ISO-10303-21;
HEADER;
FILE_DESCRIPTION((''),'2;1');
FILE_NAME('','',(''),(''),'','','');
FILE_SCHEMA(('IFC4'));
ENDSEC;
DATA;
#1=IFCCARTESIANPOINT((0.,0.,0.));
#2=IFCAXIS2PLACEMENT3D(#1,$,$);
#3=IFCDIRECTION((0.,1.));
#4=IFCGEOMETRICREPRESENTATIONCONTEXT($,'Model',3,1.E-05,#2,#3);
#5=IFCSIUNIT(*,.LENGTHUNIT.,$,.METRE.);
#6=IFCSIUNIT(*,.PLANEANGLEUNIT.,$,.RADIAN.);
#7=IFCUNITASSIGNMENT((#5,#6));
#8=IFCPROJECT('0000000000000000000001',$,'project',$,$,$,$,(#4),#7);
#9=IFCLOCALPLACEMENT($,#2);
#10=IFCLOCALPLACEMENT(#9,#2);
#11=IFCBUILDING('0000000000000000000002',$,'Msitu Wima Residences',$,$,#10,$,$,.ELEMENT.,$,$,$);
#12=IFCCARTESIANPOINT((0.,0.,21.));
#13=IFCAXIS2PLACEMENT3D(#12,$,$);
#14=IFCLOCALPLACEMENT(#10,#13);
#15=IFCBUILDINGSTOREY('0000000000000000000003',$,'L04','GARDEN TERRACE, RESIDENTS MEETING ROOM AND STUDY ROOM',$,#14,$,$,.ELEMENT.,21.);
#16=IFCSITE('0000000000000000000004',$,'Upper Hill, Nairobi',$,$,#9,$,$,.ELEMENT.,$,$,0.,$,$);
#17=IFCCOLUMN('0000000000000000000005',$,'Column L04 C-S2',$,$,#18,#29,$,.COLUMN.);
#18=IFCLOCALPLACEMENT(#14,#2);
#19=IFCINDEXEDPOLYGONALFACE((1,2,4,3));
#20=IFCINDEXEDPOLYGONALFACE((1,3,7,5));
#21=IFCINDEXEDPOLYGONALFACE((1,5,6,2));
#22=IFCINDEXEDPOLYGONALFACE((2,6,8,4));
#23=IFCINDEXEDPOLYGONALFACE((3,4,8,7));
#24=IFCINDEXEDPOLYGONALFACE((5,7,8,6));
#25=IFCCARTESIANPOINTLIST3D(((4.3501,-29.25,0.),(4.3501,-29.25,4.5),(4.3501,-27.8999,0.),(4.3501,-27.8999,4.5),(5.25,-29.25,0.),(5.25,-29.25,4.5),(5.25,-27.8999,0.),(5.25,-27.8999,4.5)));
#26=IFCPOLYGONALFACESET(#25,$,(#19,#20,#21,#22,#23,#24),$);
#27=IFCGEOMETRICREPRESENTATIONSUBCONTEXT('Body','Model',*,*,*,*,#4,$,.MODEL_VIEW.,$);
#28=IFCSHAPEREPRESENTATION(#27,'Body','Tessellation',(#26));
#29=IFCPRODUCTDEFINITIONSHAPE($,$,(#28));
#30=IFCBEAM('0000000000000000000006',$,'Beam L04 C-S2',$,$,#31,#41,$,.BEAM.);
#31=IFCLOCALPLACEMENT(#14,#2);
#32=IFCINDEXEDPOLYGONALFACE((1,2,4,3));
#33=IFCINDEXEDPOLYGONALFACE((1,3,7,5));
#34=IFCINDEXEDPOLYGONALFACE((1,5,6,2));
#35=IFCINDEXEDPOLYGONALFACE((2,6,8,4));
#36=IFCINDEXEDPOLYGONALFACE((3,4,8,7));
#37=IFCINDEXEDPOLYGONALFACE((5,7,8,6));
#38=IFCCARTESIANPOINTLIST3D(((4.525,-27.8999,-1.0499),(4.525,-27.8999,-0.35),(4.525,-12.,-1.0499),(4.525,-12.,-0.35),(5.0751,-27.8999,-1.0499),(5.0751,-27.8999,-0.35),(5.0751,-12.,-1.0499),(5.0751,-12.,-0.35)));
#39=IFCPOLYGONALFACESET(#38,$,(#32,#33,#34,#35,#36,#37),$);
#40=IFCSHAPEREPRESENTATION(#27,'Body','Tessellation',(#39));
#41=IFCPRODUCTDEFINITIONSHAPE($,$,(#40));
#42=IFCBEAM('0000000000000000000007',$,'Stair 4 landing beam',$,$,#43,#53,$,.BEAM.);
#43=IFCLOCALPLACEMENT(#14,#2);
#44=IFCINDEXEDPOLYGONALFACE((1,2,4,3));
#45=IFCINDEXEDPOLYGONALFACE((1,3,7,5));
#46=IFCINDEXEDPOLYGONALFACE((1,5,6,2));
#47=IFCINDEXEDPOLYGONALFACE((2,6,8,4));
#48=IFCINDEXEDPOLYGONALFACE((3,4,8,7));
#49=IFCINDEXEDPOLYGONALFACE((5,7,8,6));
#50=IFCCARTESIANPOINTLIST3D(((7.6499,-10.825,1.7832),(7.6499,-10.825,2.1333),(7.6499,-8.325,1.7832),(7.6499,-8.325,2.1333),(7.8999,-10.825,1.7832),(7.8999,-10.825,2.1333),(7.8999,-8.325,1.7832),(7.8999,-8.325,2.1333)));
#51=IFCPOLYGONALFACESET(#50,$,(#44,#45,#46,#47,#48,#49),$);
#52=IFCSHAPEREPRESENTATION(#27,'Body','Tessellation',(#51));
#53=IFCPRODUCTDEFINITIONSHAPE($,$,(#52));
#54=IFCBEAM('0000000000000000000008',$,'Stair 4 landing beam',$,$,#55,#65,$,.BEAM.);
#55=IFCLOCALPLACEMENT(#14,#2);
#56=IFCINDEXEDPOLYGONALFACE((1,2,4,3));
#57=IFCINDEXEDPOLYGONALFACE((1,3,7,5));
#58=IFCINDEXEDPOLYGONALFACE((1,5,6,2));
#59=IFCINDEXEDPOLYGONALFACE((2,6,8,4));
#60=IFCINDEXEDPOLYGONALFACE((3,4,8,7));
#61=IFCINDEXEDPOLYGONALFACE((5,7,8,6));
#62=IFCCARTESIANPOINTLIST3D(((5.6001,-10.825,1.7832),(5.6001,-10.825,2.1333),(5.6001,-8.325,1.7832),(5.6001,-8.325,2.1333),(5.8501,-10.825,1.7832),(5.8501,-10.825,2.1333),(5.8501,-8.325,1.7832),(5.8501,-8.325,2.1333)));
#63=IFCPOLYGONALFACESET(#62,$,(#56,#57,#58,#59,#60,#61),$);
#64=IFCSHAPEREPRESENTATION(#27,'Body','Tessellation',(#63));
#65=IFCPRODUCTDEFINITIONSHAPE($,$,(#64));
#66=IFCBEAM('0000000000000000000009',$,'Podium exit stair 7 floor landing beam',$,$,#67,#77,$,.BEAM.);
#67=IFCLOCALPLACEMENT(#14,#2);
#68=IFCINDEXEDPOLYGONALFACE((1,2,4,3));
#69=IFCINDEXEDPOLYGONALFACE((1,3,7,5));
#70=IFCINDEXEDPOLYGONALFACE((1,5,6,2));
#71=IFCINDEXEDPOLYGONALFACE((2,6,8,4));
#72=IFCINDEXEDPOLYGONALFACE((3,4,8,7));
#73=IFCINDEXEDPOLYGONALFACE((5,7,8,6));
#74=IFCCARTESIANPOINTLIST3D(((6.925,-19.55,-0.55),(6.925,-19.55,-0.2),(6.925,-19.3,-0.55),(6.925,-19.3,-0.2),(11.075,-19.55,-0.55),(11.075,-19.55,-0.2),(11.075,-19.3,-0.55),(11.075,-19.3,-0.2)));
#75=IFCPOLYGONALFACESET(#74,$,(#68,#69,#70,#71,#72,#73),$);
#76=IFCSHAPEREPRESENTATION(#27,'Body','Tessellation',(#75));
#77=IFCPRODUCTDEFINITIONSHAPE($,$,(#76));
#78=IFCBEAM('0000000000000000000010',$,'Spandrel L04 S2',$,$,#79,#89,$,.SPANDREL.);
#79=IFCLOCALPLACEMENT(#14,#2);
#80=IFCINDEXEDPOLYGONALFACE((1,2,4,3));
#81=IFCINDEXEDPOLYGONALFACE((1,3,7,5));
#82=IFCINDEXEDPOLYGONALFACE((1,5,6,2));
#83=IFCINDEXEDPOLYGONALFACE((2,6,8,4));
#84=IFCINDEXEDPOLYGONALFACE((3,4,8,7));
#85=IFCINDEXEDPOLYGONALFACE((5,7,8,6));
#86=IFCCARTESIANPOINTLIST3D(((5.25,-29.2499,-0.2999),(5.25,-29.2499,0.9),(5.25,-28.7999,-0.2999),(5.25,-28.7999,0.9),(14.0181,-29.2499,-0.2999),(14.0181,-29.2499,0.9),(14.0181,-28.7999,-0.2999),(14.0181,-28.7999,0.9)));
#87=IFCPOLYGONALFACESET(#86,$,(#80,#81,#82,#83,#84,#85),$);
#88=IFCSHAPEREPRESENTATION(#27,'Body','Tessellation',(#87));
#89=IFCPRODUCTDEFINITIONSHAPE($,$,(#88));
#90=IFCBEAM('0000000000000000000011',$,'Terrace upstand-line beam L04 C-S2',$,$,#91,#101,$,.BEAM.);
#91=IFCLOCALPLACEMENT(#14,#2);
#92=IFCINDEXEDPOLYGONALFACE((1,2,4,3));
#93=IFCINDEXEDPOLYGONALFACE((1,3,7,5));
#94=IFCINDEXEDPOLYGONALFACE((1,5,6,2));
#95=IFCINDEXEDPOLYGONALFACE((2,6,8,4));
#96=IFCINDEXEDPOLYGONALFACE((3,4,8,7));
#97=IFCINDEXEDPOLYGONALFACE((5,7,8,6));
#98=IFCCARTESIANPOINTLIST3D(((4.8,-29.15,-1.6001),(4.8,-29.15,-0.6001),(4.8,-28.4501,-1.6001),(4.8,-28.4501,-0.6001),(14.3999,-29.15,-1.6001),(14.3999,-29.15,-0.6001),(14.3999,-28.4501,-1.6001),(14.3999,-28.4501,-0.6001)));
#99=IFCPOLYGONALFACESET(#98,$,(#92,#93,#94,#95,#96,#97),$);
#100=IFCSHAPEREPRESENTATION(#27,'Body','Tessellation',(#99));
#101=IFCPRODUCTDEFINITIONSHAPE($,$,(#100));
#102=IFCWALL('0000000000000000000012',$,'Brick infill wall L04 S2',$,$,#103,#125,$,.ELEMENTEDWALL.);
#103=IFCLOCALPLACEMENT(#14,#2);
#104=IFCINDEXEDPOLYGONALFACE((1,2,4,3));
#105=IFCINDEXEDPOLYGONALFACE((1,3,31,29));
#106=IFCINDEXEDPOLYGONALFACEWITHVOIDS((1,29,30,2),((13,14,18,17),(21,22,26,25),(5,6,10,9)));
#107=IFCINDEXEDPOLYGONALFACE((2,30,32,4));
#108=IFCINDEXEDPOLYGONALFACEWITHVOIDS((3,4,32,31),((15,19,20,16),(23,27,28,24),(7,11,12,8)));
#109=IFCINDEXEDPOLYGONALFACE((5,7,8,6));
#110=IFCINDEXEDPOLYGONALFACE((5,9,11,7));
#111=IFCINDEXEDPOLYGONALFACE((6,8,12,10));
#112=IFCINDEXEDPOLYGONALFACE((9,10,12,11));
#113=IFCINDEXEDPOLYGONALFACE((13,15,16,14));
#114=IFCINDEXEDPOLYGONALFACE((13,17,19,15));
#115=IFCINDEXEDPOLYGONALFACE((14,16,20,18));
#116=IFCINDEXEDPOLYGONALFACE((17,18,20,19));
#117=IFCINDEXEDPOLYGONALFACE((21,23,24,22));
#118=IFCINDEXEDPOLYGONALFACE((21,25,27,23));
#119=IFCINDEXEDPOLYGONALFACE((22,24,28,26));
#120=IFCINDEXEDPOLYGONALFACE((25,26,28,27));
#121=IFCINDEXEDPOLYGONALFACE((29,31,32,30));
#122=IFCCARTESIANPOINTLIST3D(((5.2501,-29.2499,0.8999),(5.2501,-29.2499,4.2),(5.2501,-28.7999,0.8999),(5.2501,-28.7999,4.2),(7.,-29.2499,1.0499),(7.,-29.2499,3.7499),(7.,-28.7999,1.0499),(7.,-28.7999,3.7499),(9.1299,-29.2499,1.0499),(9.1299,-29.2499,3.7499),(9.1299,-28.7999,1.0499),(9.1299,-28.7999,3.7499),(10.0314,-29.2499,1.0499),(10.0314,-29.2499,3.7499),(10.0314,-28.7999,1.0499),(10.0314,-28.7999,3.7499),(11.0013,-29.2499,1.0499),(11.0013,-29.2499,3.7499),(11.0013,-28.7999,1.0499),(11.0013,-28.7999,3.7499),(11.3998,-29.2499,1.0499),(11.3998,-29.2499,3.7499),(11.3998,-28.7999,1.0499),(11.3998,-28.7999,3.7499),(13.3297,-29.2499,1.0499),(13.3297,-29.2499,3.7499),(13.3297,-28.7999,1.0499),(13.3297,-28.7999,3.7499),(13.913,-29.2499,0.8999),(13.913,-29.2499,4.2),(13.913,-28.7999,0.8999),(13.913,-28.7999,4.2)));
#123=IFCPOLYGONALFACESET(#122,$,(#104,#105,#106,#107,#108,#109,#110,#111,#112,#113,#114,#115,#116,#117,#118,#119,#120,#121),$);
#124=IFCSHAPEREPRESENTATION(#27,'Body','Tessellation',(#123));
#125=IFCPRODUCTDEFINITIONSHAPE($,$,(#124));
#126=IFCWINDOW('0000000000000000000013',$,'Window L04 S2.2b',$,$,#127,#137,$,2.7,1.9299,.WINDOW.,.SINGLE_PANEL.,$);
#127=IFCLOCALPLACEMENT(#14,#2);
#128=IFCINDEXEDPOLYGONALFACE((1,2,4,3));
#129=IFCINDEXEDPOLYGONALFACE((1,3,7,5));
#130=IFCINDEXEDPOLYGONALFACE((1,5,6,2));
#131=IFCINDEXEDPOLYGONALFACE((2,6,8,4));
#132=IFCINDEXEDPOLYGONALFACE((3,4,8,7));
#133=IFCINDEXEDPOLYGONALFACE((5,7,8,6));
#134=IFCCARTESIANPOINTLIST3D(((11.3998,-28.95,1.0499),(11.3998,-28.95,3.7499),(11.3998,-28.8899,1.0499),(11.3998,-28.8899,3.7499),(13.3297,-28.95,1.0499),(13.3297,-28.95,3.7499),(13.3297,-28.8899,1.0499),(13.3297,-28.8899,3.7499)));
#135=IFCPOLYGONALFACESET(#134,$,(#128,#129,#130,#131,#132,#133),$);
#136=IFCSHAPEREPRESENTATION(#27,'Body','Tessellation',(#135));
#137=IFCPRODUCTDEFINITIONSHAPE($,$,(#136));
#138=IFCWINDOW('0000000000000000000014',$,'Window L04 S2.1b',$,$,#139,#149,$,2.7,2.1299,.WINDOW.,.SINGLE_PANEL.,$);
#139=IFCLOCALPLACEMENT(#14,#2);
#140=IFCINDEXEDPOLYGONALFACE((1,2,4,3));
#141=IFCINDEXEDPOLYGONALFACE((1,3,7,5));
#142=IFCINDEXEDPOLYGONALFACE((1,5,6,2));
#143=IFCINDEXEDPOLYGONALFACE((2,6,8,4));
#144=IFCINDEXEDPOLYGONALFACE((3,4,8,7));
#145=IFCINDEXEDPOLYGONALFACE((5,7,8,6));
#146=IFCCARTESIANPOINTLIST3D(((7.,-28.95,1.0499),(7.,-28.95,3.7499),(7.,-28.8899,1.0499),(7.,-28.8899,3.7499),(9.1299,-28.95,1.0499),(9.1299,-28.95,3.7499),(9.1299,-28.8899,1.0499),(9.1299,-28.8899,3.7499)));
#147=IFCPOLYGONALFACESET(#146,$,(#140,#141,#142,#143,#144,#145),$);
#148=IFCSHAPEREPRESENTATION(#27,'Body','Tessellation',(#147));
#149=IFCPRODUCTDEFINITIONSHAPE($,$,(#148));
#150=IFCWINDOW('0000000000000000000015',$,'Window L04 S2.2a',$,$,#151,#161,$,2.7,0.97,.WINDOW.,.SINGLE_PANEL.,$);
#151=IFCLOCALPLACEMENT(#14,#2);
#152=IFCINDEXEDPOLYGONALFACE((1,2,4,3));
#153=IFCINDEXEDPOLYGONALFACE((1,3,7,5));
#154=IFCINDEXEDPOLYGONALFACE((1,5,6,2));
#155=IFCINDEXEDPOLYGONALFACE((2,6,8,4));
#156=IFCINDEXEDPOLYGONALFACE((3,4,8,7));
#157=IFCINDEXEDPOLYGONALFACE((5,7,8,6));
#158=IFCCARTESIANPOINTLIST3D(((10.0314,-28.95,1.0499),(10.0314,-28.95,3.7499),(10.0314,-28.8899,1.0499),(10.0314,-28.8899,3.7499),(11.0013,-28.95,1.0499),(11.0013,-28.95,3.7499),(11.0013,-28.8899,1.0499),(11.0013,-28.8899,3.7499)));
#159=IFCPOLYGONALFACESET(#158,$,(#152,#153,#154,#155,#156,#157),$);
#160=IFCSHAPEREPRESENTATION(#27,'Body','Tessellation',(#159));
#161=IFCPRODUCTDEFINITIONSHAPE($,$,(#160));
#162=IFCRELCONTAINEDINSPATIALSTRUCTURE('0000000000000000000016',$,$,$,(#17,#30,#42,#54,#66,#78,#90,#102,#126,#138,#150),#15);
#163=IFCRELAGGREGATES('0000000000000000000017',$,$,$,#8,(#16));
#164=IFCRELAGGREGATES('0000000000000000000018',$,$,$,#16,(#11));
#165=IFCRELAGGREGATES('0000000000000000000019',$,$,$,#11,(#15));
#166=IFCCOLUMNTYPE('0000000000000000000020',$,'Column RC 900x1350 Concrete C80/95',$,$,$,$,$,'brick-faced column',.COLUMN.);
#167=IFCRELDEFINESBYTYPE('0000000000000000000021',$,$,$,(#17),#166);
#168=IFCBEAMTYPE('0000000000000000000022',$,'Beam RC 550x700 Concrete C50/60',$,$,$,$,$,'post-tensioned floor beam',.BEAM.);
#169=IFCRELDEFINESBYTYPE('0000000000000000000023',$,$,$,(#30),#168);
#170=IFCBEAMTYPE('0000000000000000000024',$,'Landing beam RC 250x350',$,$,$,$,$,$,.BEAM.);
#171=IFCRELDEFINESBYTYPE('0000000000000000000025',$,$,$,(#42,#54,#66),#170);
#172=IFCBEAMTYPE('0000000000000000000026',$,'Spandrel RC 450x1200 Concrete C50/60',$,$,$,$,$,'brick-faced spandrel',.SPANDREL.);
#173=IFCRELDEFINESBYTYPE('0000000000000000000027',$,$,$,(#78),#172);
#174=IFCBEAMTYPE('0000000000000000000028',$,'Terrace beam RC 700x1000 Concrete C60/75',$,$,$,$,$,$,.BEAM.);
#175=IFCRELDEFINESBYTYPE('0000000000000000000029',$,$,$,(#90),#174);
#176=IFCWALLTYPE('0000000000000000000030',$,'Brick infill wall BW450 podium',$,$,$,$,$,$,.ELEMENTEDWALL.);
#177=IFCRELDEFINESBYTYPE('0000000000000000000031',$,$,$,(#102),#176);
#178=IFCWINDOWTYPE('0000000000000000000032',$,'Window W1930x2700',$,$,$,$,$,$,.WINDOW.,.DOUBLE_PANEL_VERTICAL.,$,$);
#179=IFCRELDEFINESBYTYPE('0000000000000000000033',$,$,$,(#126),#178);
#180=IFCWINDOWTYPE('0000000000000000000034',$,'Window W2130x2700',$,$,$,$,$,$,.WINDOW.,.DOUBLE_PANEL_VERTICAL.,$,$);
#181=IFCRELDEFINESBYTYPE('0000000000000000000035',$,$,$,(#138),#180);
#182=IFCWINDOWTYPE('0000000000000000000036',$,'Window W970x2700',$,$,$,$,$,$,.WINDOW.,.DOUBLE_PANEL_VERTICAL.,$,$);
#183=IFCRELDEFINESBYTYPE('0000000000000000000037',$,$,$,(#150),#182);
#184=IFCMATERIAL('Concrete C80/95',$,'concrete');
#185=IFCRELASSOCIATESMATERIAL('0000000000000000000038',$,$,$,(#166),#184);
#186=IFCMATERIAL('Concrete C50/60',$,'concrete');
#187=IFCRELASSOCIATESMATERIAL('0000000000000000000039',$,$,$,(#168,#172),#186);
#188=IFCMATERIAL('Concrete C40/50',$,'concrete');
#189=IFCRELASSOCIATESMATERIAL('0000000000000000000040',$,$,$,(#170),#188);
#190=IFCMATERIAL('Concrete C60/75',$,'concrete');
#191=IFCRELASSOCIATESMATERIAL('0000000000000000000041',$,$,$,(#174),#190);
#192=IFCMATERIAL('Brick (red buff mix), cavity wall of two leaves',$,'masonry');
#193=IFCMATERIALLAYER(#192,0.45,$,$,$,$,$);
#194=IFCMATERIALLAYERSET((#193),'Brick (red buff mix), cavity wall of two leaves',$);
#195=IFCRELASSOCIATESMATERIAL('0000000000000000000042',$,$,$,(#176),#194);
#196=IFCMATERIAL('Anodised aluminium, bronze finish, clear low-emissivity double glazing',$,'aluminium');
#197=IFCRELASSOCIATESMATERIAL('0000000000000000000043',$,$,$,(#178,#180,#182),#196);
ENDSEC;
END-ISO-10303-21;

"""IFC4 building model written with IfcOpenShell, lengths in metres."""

from ifc_helpers import new_model, si_unit, direction, frame, frame_2d, origin, origin_2d, place, context, subcontext, project, spatial, rectangle, extrude, material, layer, layer_set, material_profile, profile_set, type_object, element, fill, save


model = new_model("IFC4")

# Units and contexts
model_context = context("Model", 3, precision=1e-05, world=origin(), true_north=direction((0.0, 1.0)))
body_context = subcontext(model_context, "Body", "Model", "MODEL_VIEW")
ifc_project = project(units=[si_unit("LENGTHUNIT", "METRE"), si_unit("PLANEANGLEUNIT", "RADIAN")], contexts=[model_context])

# Site, building, storey
site_placement = place(None, origin())
site = spatial("IfcSite", under=ifc_project, at=site_placement, Name="Upper Hill, Nairobi", CompositionType="ELEMENT", RefElevation=0.0)
building_placement = place(site_placement, origin())
building = spatial("IfcBuilding", under=site, at=building_placement, Name="Msitu Wima Residences", CompositionType="ELEMENT")
storey_placement = place(building_placement, frame((0.0, 0.0, 21.0)))
storey = spatial("IfcBuildingStorey", under=building, at=storey_placement, Name="L04", Description="GARDEN TERRACE, RESIDENTS MEETING ROOM AND STUDY ROOM", CompositionType="ELEMENT", Elevation=21.0)

# Column
ifc_material_1 = material(Name="Concrete C80/95", Category="concrete")
ifc_material_profile_1 = material_profile(ifc_material_1, rectangle(XDim=0.8999, YDim=1.3501, at=origin_2d()), Name="RC 900x1350")
ifc_profile_set_1 = profile_set([ifc_material_profile_1], Name="Concrete C80/95")
column_type = type_object("IfcColumnType", Name="Column RC 900x1350 Concrete C80/95", ElementType="brick-faced column", PredefinedType="COLUMN", material=ifc_profile_set_1)
column_placement = place(storey_placement, frame((4.8, -28.575, 0.0), z_axis=(0.0, 0.0, 1.0), x_axis=(1.0, 0.0, 0.0)))
element("IfcColumn", 1, at=column_placement, inside=storey, type_object=column_type, Name="Column L04 C-S2", PredefinedType="COLUMN", context=body_context, shape_type="SweptSolid", body=[
    extrude(rectangle(XDim=0.8999, YDim=1.3501, at=origin_2d()), origin(), (0.0, 0.0, 1.0), 4.5),
])

# Beams
ifc_material_2 = material(Name="Concrete C50/60", Category="concrete")
ifc_material_profile_2 = material_profile(ifc_material_2, rectangle(XDim=0.55, YDim=0.7, at=origin_2d()), Name="RC 550x700")
ifc_profile_set_2 = profile_set([ifc_material_profile_2], Name="Concrete C50/60")
beam_type_1 = type_object("IfcBeamType", Name="Beam RC 550x700 Concrete C50/60", ElementType="post-tensioned floor beam", PredefinedType="BEAM", material=ifc_profile_set_2)
beam_1_placement = place(storey_placement, frame((4.8, -27.8999, -0.7), z_axis=(0.0, 1.0, 0.0), x_axis=(-1.0, 0.0, 0.0)))
element("IfcBeam", 2, at=beam_1_placement, inside=storey, type_object=beam_type_1, Name="Beam L04 C-S2", PredefinedType="BEAM", context=body_context, shape_type="SweptSolid", body=[
    extrude(rectangle(XDim=0.55, YDim=0.7, at=origin_2d()), origin(), (0.0, 0.0, 1.0), 15.8999),
])
ifc_material_3 = material(Name="Concrete C40/50", Category="concrete")
ifc_material_profile_3 = material_profile(ifc_material_3, rectangle(XDim=0.25, YDim=0.3501, at=origin_2d()), Name="RC 250x350")
ifc_profile_set_3 = profile_set([ifc_material_profile_3], Name="Concrete C40/50")
beam_type_2 = type_object("IfcBeamType", Name="Landing beam RC 250x350", PredefinedType="BEAM", material=ifc_profile_set_3)
for number, where, z_axis, x_axis, name in (
    (3, (7.7749, -10.825, 1.9583), (0.0, 1.0, 0.0), (-1.0, 0.0, 0.0), "Stair 4 landing beam"),
    (4, (5.7251, -10.825, 1.9583), (0.0, 1.0, 0.0), (-1.0, 0.0, 0.0), "Stair 4 landing beam"),
):
    element("IfcBeam", number, at=place(storey_placement, frame(where, z_axis=z_axis, x_axis=x_axis)), inside=storey, type_object=beam_type_2, Name=name, PredefinedType="BEAM", context=body_context, shape_type="SweptSolid", body=[
        extrude(rectangle(XDim=0.25, YDim=0.3501, at=origin_2d()), origin(), (0.0, 0.0, 1.0), 2.5),
    ])
beam_2_placement = place(storey_placement, frame((6.925, -19.425, -0.375), z_axis=(1.0, 0.0, 0.0), x_axis=(0.0, 1.0, 0.0)))
element("IfcBeam", 5, at=beam_2_placement, inside=storey, type_object=beam_type_2, Name="Podium exit stair 7 floor landing beam", PredefinedType="BEAM", context=body_context, shape_type="SweptSolid", body=[
    extrude(rectangle(XDim=0.25, YDim=0.3501, at=origin_2d()), origin(), (0.0, 0.0, 1.0), 4.1499),
])
ifc_material_profile_4 = material_profile(ifc_material_2, rectangle(XDim=0.45, YDim=1.2, at=origin_2d()), Name="RC 450x1200")
ifc_profile_set_4 = profile_set([ifc_material_profile_4], Name="Concrete C50/60")
beam_type_3 = type_object("IfcBeamType", Name="Spandrel RC 450x1200 Concrete C50/60", ElementType="brick-faced spandrel", PredefinedType="SPANDREL", material=ifc_profile_set_4)
beam_3_placement = place(storey_placement, frame((5.25, -29.0249, 0.3), z_axis=(1.0, 0.0, 0.0), x_axis=(0.0, 1.0, 0.0)))
element("IfcBeam", 6, at=beam_3_placement, inside=storey, type_object=beam_type_3, Name="Spandrel L04 S2", PredefinedType="SPANDREL", context=body_context, shape_type="SweptSolid", body=[
    extrude(rectangle(XDim=0.45, YDim=1.2, at=origin_2d()), origin(), (0.0, 0.0, 1.0), 8.7681),
])
ifc_material_4 = material(Name="Concrete C60/75", Category="concrete")
ifc_material_profile_5 = material_profile(ifc_material_4, rectangle(XDim=0.7, YDim=1.0, at=origin_2d()), Name="RC 700x1000")
ifc_profile_set_5 = profile_set([ifc_material_profile_5], Name="Concrete C60/75")
beam_type_4 = type_object("IfcBeamType", Name="Terrace beam RC 700x1000 Concrete C60/75", PredefinedType="BEAM", material=ifc_profile_set_5)
beam_4_placement = place(storey_placement, frame((4.8, -28.8, -1.1001), z_axis=(1.0, 0.0, 0.0), x_axis=(0.0, 1.0, 0.0)))
element("IfcBeam", 7, at=beam_4_placement, inside=storey, type_object=beam_type_4, Name="Terrace upstand-line beam L04 C-S2", PredefinedType="BEAM", context=body_context, shape_type="SweptSolid", body=[
    extrude(rectangle(XDim=0.7, YDim=1.0, at=origin_2d()), origin(), (0.0, 0.0, 1.0), 9.5999),
])

# Wall, openings, windows
ifc_material_5 = material(Name="Brick (red buff mix), cavity wall of two leaves", Category="masonry")
ifc_layer_1 = layer(ifc_material_5, 0.45)
ifc_layer_set_1 = layer_set([ifc_layer_1], Name="Brick (red buff mix), cavity wall of two leaves")
wall_type_1 = type_object("IfcWallType", Name="Brick infill wall BW450 podium", PredefinedType="ELEMENTEDWALL", material=ifc_layer_set_1)
wall_1_placement = place(storey_placement, frame((5.25, -29.0249, 0.8999), z_axis=(0.0, 0.0, 1.0), x_axis=(1.0, 0.0, 0.0)))
wall_1 = element("IfcWall", 8, at=wall_1_placement, inside=storey, type_object=wall_type_1, Name="Brick infill wall L04 S2", PredefinedType="ELEMENTEDWALL", context=body_context, shape_type="SweptSolid", body=[
    extrude(rectangle(XDim=8.6628, YDim=0.45, at=frame_2d((4.3315, 0.0))), origin(), (0.0, 0.0, 1.0), 3.3),
])
opening_1_placement = place(wall_1_placement, frame((1.75, 0.0, 0.1499)))
opening_1 = element("IfcOpeningElement", 9, at=opening_1_placement, cuts=wall_1, PredefinedType="OPENING", context=body_context, shape_type="SweptSolid", body=[
    extrude(rectangle(XDim=2.1299, YDim=2.7, at=frame_2d((1.0649, 1.3501))), frame((0.0, 0.2349, 0.0), z_axis=(0.0, -1.0, 0.0), x_axis=(1.0, 0.0, 0.0)), (0.0, 0.0, 1.0), 0.47),
])
opening_2_placement = place(wall_1_placement, frame((4.7815, 0.0, 0.1499)))
opening_2 = element("IfcOpeningElement", 10, at=opening_2_placement, cuts=wall_1, PredefinedType="OPENING", context=body_context, shape_type="SweptSolid", body=[
    extrude(rectangle(XDim=0.97, YDim=2.7, at=frame_2d((0.4849, 1.3501))), frame((0.0, 0.2349, 0.0), z_axis=(0.0, -1.0, 0.0), x_axis=(1.0, 0.0, 0.0)), (0.0, 0.0, 1.0), 0.47),
])
opening_3_placement = place(wall_1_placement, frame((6.1499, 0.0, 0.1499)))
opening_3 = element("IfcOpeningElement", 11, at=opening_3_placement, cuts=wall_1, PredefinedType="OPENING", context=body_context, shape_type="SweptSolid", body=[
    extrude(rectangle(XDim=1.9299, YDim=2.7, at=frame_2d((0.9648, 1.3501))), frame((0.0, 0.2349, 0.0), z_axis=(0.0, -1.0, 0.0), x_axis=(1.0, 0.0, 0.0)), (0.0, 0.0, 1.0), 0.47),
])
ifc_material_6 = material(Name="Anodised aluminium, bronze finish, clear low-emissivity double glazing", Category="aluminium")
window_type_1 = type_object("IfcWindowType", Name="Window W1930x2700", PartitioningType="DOUBLE_PANEL_VERTICAL", PredefinedType="WINDOW", material=ifc_material_6)
window_1_placement = place(opening_3_placement, origin())
window_1 = element("IfcWindow", 12, at=window_1_placement, inside=storey, type_object=window_type_1, Name="Window L04 S2.2b", OverallHeight=2.7, OverallWidth=1.9299, PartitioningType="SINGLE_PANEL", PredefinedType="WINDOW", context=body_context, shape_type="SweptSolid", body=[
    extrude(rectangle(XDim=1.9299, YDim=2.7, at=frame_2d((0.9648, 1.3501))), frame((0.0, 0.135, 0.0), z_axis=(0.0, -1.0, 0.0), x_axis=(1.0, 0.0, 0.0)), (0.0, 0.0, 1.0), 0.0601),
])
fill(opening_3, window_1)
window_type_2 = type_object("IfcWindowType", Name="Window W2130x2700", PartitioningType="DOUBLE_PANEL_VERTICAL", PredefinedType="WINDOW", material=ifc_material_6)
window_2_placement = place(opening_1_placement, origin())
window_2 = element("IfcWindow", 13, at=window_2_placement, inside=storey, type_object=window_type_2, Name="Window L04 S2.1b", OverallHeight=2.7, OverallWidth=2.1299, PartitioningType="SINGLE_PANEL", PredefinedType="WINDOW", context=body_context, shape_type="SweptSolid", body=[
    extrude(rectangle(XDim=2.1299, YDim=2.7, at=frame_2d((1.0649, 1.3501))), frame((0.0, 0.135, 0.0), z_axis=(0.0, -1.0, 0.0), x_axis=(1.0, 0.0, 0.0)), (0.0, 0.0, 1.0), 0.0601),
])
fill(opening_1, window_2)
window_type_3 = type_object("IfcWindowType", Name="Window W970x2700", PartitioningType="DOUBLE_PANEL_VERTICAL", PredefinedType="WINDOW", material=ifc_material_6)
window_3_placement = place(opening_2_placement, origin())
window_3 = element("IfcWindow", 14, at=window_3_placement, inside=storey, type_object=window_type_3, Name="Window L04 S2.2a", OverallHeight=2.7, OverallWidth=0.97, PartitioningType="SINGLE_PANEL", PredefinedType="WINDOW", context=body_context, shape_type="SweptSolid", body=[
    extrude(rectangle(XDim=0.97, YDim=2.7, at=frame_2d((0.4849, 1.3501))), frame((0.0, 0.135, 0.0), z_axis=(0.0, -1.0, 0.0), x_axis=(1.0, 0.0, 0.0)), (0.0, 0.0, 1.0), 0.0601),
])
fill(opening_2, window_3)

save(model, "model.ifc")
